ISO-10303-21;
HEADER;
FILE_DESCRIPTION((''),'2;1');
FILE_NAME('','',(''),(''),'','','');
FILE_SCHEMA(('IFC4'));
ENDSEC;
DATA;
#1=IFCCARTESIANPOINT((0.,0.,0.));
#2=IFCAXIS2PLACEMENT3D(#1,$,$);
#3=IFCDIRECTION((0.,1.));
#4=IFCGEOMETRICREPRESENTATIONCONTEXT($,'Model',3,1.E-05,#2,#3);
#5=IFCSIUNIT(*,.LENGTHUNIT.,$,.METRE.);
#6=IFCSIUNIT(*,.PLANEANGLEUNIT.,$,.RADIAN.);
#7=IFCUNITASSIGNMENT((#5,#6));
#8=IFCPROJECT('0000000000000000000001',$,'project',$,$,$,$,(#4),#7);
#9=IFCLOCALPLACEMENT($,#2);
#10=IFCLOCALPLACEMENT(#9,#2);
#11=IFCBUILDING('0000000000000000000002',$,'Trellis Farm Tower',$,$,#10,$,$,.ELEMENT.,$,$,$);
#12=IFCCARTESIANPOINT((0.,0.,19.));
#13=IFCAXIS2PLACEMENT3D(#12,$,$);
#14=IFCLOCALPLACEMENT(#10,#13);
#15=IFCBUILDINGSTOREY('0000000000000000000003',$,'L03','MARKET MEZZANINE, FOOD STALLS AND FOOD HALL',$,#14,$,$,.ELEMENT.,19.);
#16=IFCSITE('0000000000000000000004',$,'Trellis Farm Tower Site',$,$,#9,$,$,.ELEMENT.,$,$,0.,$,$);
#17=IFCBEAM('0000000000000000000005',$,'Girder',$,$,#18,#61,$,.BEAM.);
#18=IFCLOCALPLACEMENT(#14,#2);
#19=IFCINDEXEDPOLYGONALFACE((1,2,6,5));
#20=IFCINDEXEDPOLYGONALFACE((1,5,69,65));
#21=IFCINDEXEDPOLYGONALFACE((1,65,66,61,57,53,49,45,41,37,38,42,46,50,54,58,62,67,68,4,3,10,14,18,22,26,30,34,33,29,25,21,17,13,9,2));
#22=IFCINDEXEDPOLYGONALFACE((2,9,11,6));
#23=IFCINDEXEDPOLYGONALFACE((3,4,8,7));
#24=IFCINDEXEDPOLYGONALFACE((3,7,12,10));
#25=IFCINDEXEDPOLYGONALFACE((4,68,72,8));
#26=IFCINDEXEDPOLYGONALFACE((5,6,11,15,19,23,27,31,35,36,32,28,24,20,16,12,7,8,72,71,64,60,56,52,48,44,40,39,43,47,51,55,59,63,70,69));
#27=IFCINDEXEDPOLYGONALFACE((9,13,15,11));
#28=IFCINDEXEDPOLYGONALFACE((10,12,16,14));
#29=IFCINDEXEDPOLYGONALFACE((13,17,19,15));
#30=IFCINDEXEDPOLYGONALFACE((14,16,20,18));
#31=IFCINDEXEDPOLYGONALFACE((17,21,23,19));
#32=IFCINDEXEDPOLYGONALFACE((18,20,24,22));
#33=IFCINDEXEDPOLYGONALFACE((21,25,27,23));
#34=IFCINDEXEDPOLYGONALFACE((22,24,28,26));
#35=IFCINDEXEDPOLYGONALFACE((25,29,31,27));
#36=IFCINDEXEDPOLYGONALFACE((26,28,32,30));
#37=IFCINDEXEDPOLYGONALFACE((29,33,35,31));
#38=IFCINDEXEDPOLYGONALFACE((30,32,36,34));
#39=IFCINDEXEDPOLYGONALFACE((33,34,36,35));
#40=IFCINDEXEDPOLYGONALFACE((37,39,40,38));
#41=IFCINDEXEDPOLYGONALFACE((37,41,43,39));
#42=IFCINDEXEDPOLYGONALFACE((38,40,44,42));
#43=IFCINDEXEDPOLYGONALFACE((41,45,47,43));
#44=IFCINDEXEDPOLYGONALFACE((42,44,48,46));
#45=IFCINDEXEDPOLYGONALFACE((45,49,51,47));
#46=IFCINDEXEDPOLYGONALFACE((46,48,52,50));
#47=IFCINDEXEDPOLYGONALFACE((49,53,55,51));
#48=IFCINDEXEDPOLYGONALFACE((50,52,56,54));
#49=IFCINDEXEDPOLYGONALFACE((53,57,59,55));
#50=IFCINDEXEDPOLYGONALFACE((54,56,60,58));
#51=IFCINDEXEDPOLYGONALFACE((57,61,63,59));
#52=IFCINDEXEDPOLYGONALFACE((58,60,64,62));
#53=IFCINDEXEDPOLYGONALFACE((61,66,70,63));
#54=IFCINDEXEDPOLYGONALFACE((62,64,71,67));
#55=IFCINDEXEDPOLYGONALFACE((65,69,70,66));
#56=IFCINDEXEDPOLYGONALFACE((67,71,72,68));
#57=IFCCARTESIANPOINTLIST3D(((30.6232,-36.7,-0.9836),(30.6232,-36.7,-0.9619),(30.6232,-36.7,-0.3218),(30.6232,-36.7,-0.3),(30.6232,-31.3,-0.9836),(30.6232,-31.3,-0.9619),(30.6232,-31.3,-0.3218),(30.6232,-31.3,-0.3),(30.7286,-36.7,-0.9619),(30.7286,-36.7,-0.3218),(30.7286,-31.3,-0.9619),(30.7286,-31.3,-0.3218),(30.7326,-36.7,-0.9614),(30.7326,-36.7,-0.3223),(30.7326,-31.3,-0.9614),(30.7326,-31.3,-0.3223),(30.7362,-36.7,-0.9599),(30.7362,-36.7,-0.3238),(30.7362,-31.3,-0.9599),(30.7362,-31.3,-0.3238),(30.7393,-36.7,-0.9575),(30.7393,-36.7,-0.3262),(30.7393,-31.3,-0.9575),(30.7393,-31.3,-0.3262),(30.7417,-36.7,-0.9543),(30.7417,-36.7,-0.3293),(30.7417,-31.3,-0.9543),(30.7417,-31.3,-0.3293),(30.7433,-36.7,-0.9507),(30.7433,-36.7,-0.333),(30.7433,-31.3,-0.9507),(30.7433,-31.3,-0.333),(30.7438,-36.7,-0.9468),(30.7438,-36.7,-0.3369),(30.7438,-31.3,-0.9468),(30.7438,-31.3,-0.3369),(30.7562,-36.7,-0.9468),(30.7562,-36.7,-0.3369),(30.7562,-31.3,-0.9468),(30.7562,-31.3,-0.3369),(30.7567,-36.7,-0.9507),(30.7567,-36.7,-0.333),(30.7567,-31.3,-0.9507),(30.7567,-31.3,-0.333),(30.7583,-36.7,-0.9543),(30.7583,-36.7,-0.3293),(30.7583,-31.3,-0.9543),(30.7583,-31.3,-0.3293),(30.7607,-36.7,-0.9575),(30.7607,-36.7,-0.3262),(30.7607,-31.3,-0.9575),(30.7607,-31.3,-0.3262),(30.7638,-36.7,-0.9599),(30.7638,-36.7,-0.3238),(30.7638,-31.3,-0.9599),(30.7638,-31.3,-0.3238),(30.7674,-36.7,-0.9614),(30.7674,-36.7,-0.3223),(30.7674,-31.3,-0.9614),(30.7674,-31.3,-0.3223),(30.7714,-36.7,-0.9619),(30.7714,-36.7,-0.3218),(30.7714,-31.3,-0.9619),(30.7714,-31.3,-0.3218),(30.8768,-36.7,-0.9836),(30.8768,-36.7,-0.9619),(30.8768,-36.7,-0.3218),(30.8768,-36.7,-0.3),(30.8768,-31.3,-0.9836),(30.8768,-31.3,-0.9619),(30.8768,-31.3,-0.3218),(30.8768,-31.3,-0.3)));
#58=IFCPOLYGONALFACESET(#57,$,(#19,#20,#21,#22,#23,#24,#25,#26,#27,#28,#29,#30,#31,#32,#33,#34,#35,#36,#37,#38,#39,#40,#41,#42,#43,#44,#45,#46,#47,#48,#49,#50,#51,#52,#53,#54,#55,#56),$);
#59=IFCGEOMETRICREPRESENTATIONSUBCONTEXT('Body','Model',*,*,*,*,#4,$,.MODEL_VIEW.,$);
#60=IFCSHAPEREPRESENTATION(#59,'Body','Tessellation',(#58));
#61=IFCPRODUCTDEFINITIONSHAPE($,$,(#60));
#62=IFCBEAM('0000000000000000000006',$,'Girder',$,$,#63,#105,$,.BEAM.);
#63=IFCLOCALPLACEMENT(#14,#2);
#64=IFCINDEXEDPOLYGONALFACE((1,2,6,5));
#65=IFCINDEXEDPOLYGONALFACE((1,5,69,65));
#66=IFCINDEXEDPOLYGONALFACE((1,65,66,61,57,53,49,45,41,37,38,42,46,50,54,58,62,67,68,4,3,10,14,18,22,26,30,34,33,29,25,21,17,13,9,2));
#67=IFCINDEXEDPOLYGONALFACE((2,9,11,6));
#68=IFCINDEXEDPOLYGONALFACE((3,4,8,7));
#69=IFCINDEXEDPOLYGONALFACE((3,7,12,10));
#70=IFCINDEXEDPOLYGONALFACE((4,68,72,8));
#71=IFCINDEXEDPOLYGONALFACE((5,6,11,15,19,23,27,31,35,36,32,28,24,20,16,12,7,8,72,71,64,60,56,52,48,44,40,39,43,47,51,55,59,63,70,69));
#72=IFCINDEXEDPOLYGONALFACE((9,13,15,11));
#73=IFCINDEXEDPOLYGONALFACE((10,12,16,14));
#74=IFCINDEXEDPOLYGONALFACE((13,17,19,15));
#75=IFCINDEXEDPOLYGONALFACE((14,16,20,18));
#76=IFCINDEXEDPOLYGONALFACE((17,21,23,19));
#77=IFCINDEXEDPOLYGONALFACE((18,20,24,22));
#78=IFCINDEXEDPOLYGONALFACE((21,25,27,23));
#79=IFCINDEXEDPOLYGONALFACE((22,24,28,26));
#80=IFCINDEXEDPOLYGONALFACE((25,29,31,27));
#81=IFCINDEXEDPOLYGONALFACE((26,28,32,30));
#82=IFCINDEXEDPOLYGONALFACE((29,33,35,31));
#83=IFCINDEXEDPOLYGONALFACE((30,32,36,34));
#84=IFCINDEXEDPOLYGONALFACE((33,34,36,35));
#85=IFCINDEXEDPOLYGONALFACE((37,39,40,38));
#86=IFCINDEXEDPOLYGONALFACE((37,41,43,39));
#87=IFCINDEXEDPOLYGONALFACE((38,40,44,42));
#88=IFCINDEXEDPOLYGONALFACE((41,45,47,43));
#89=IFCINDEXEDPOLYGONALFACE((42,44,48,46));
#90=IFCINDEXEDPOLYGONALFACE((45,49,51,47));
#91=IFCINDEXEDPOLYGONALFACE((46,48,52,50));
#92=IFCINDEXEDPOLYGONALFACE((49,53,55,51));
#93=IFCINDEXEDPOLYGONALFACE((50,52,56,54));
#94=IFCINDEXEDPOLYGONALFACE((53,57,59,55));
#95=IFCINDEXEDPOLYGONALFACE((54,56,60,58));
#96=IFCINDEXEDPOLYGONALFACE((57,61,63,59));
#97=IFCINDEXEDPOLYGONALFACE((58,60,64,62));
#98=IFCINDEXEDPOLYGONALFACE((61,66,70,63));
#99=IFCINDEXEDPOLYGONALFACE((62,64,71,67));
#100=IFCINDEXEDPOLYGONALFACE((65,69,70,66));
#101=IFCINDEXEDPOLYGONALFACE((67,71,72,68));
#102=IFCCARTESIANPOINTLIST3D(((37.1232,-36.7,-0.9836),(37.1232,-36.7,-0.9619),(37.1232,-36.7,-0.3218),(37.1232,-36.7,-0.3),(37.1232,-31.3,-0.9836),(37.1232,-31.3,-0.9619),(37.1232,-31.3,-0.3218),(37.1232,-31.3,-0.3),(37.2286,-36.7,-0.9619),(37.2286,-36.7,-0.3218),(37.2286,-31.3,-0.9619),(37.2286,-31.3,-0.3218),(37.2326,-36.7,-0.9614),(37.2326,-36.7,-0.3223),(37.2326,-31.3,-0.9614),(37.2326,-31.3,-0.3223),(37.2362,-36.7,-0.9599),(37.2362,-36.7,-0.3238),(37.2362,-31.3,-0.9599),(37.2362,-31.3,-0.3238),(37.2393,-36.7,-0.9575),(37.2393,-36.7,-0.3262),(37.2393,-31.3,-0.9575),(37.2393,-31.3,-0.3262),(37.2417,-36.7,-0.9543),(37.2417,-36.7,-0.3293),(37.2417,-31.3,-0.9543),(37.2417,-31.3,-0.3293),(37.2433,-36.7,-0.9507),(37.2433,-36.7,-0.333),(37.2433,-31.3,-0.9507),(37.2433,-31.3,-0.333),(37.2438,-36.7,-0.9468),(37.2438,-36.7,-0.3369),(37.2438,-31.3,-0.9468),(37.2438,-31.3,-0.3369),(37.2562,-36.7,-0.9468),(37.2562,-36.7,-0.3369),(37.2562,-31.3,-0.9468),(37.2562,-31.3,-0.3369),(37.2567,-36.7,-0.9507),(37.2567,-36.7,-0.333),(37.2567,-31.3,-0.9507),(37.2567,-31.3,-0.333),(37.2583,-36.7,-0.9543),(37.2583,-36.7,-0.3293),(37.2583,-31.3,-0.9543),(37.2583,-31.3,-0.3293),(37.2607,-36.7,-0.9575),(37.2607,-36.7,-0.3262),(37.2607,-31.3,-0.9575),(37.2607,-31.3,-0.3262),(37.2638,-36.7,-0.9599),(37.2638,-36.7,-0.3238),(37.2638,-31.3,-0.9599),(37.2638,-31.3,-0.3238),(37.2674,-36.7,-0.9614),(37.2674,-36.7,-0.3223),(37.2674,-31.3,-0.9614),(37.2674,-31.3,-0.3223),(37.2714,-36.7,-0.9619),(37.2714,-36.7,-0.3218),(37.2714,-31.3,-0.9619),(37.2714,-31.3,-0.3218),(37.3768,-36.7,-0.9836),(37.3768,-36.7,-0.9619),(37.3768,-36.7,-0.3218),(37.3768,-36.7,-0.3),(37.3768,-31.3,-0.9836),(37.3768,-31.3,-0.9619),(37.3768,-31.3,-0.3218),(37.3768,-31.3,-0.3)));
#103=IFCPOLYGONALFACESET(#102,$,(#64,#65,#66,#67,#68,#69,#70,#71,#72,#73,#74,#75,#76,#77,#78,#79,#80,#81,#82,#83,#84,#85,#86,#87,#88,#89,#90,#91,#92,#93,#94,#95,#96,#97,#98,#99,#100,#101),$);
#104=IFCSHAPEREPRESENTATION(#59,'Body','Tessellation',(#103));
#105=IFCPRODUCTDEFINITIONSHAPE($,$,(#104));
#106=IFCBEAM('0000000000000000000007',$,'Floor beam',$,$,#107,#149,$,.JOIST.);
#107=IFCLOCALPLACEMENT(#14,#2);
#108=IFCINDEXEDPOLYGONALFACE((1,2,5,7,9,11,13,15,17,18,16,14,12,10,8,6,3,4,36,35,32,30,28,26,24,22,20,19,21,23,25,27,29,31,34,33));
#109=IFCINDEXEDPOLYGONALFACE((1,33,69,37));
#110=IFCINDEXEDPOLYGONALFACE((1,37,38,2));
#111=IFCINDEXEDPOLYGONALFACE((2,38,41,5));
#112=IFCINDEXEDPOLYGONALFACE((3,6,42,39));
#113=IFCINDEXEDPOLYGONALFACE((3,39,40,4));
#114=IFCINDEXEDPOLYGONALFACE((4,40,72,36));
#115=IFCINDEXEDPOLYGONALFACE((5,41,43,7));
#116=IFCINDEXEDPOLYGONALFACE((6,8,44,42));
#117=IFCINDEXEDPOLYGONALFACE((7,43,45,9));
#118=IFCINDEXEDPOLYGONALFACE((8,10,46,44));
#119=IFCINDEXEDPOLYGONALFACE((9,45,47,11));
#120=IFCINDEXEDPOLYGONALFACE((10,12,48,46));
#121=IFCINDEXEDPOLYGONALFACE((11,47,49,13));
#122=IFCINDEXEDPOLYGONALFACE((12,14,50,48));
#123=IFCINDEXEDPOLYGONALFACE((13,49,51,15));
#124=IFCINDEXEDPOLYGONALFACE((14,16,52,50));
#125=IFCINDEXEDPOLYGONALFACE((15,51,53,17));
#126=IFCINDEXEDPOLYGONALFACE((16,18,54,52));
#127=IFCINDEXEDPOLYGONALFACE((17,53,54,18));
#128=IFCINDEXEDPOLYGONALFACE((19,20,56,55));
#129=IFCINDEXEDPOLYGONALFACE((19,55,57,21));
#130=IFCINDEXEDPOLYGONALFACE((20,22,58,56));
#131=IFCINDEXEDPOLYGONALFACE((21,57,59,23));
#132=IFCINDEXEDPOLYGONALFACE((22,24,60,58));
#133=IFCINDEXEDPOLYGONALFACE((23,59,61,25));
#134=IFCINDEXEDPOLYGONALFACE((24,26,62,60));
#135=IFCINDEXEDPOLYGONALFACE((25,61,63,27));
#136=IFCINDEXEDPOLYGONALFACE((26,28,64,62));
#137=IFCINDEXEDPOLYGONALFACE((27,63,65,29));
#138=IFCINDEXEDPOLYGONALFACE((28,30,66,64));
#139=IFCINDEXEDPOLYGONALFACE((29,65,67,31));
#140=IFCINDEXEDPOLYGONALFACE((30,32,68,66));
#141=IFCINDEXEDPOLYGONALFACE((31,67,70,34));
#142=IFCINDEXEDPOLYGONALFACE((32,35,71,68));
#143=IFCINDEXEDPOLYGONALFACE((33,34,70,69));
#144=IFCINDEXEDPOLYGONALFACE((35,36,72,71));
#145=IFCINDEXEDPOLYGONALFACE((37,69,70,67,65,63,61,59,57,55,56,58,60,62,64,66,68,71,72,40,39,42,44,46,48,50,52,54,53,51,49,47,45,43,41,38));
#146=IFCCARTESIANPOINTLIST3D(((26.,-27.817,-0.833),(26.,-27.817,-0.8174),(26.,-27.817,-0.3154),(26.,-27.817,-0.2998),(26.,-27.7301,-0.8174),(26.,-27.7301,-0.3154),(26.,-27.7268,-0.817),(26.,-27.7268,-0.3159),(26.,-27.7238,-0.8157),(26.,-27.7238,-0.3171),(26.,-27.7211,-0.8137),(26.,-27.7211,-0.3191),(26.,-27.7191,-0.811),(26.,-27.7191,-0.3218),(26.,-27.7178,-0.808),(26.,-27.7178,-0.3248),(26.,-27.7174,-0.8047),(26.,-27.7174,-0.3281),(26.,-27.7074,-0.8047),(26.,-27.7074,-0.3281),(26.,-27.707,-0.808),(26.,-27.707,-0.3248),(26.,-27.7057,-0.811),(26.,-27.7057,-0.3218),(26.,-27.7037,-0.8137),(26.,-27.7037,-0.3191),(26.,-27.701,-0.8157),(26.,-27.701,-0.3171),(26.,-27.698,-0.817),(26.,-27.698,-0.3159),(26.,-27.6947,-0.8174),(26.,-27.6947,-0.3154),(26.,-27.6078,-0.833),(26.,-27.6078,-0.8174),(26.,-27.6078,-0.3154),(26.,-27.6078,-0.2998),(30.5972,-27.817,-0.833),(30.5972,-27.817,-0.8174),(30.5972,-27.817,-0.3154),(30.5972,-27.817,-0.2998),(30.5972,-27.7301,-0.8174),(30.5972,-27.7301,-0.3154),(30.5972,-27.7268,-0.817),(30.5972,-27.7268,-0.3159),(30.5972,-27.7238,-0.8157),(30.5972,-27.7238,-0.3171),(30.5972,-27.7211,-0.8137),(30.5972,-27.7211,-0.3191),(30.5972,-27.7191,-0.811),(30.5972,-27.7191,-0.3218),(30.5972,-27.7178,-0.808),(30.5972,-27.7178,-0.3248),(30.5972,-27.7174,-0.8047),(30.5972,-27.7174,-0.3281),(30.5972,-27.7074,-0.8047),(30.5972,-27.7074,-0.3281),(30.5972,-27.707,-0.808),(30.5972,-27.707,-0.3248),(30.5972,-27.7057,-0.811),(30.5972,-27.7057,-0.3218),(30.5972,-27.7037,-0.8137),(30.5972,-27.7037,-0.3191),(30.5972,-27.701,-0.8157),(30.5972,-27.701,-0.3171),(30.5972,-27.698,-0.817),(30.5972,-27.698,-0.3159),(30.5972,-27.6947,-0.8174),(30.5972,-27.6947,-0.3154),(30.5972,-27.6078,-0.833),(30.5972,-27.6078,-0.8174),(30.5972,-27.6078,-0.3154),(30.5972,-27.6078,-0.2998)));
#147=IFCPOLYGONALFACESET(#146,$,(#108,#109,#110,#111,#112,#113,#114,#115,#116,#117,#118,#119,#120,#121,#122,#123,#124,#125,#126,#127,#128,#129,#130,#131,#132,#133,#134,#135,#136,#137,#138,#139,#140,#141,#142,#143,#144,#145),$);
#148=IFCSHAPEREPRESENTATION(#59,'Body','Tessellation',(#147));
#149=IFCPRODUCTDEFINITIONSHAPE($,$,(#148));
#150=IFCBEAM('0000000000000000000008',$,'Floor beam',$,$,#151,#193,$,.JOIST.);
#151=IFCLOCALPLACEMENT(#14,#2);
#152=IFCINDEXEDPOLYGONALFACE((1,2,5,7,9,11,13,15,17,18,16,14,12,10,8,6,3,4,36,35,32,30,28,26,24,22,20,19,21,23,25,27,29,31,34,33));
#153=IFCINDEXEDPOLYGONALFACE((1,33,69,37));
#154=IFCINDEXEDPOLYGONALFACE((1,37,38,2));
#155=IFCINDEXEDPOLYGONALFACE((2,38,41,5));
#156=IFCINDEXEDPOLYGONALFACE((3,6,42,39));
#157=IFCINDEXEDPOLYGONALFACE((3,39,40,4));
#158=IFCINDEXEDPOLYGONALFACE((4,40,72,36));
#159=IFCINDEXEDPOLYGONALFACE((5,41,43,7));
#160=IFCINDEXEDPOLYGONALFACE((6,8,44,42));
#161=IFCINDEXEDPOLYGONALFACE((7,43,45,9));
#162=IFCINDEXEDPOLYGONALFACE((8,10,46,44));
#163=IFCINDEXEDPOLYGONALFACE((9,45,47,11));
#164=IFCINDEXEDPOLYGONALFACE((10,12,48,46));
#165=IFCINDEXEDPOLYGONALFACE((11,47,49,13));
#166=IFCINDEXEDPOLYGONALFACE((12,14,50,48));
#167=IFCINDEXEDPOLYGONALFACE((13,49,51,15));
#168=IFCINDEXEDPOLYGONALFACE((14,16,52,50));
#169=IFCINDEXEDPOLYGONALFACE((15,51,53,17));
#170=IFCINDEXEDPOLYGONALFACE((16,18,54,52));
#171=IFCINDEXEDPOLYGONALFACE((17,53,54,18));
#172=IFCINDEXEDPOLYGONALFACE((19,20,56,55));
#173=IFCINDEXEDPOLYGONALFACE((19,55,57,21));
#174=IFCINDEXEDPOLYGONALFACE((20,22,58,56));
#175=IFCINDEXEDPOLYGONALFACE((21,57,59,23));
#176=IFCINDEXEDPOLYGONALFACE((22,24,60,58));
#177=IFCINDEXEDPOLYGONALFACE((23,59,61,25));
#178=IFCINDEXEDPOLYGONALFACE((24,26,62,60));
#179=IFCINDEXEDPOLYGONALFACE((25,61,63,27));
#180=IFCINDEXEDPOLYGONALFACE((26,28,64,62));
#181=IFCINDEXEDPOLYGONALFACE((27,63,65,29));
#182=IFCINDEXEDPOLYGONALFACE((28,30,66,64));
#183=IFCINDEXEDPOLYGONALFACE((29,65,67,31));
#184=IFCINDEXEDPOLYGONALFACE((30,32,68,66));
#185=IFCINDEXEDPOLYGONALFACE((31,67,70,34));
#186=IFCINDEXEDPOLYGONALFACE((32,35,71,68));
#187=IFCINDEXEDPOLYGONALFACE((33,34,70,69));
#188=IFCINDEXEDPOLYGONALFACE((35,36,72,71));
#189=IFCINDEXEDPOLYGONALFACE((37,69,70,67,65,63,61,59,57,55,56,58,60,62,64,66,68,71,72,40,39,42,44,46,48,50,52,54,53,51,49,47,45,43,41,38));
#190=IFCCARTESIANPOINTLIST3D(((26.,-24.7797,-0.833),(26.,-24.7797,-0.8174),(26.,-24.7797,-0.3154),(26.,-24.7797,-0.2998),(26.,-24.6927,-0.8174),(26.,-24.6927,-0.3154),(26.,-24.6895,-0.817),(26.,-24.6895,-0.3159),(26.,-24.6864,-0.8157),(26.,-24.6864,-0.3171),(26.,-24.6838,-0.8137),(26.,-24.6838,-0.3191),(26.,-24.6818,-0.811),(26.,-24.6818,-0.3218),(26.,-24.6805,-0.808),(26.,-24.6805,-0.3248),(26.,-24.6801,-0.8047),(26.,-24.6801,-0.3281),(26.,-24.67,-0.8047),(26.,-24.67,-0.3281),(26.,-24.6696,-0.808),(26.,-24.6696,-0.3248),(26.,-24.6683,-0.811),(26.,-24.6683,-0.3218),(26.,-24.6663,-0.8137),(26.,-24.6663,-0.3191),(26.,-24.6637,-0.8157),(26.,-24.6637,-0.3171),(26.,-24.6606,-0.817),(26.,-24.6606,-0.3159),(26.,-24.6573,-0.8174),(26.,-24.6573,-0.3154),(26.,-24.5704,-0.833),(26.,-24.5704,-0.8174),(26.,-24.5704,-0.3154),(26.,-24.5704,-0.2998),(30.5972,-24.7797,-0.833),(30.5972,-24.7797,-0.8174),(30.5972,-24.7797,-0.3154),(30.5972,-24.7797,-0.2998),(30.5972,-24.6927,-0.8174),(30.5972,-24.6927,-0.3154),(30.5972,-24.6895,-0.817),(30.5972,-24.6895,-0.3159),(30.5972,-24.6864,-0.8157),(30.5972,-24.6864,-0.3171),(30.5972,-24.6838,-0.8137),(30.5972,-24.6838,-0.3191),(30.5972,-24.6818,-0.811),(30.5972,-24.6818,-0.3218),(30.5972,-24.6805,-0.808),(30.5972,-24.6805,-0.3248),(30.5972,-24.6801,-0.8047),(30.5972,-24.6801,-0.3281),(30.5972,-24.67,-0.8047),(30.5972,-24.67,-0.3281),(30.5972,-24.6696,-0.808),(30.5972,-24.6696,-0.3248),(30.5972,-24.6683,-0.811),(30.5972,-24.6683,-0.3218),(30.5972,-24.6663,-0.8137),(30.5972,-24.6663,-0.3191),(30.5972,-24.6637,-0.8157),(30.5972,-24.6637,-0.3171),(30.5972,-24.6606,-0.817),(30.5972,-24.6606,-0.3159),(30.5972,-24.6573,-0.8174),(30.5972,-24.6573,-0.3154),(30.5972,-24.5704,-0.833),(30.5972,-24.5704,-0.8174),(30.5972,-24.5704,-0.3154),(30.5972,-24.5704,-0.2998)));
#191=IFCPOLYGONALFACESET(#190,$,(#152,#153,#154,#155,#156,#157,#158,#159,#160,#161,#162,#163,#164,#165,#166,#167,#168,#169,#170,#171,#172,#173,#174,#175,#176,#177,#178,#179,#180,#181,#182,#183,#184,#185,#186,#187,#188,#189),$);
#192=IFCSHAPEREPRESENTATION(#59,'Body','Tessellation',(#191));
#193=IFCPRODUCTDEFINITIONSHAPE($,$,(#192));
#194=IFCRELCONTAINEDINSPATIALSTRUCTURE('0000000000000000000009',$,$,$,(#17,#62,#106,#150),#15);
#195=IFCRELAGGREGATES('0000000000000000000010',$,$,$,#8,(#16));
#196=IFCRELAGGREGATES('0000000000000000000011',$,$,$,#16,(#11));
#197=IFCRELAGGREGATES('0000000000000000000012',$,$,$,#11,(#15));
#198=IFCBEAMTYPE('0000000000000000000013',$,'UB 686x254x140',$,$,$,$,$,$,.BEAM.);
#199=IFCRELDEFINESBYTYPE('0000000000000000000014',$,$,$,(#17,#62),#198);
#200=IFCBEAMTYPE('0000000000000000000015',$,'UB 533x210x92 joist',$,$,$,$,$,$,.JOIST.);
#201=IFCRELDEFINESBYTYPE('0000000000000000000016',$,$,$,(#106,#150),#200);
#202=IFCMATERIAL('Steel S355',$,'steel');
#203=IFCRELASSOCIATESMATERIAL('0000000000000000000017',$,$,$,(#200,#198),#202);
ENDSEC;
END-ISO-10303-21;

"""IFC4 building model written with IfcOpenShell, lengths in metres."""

from ifc_helpers import new_model, si_unit, direction, frame, origin, origin_2d, place, context, subcontext, project, spatial, i_section, extrude, source, transform, mapped, material, material_profile, profile_set, type_object, element, save


model = new_model("IFC4")

# Units and contexts
model_context = context("Model", 3, precision=1e-05, world=origin(), true_north=direction((0.0, 1.0)))
body_context = subcontext(model_context, "Body", "Model", "MODEL_VIEW")
ifc_project = project(units=[si_unit("LENGTHUNIT", "METRE"), si_unit("PLANEANGLEUNIT", "RADIAN")], contexts=[model_context])

# Site, building, storey
site_placement = place(None, origin())
site = spatial("IfcSite", under=ifc_project, at=site_placement, Name="Trellis Farm Tower Site", CompositionType="ELEMENT", RefElevation=0.0)
building_placement = place(site_placement, origin())
building = spatial("IfcBuilding", under=site, at=building_placement, Name="Trellis Farm Tower", CompositionType="ELEMENT")
storey_placement = place(building_placement, frame((0.0, 0.0, 19.0)))
storey = spatial("IfcBuildingStorey", under=building, at=storey_placement, Name="L03", Description="MARKET MEZZANINE, FOOD STALLS AND FOOD HALL", CompositionType="ELEMENT", Elevation=19.0)

# Beams
ifc_material_1 = material(Name="Steel S355", Category="steel")
ifc_material_profile_1 = material_profile(ifc_material_1, i_section(OverallWidth=0.2092, OverallDepth=0.5332, WebThickness=0.01, FlangeThickness=0.0156, FilletRadius=0.0127, at=origin_2d()), Name="UB 533x210x92")
ifc_profile_set_1 = profile_set([ifc_material_profile_1], Name="Steel S355")
beam_type_1 = type_object("IfcBeamType", Name="UB 533x210x92 joist", PredefinedType="JOIST", material=ifc_profile_set_1)
ifc_material_profile_2 = material_profile(ifc_material_1, i_section(OverallWidth=0.2537, OverallDepth=0.6836, WebThickness=0.0125, FlangeThickness=0.0217, FilletRadius=0.0151, at=origin_2d()), Name="UB 686x254x140")
ifc_profile_set_2 = profile_set([ifc_material_profile_2], Name="Steel S355")
beam_type_2 = type_object("IfcBeamType", Name="UB 686x254x140", PredefinedType="BEAM", material=ifc_profile_set_2)
shared_shape_1 = source(origin(), body_context, "Body", "SweptSolid", [
    extrude(i_section(OverallWidth=0.2537, OverallDepth=0.6836, WebThickness=0.0125, FlangeThickness=0.0217, FilletRadius=0.0151, at=origin_2d()), origin(), (0.0, 0.0, 1.0), 5.3999),
])
for number, where, z_axis, x_axis, name in (
    (1, (30.75, -36.7, -0.6418), (0.0, 1.0, 0.0), (-1.0, 0.0, 0.0), "Girder"),
    (2, (37.25, -36.7, -0.6418), (0.0, 1.0, 0.0), (-1.0, 0.0, 0.0), "Girder"),
):
    element("IfcBeam", number, at=place(storey_placement, frame(where, z_axis=z_axis, x_axis=x_axis)), inside=storey, type_object=beam_type_2, Name=name, PredefinedType="BEAM", context=body_context, shape_type="MappedRepresentation", body=[
        mapped(shared_shape_1, transform((0.0, 0.0, 0.0))),
    ])
shared_shape_2 = source(origin(), body_context, "Body", "SweptSolid", [
    extrude(i_section(OverallWidth=0.2092, OverallDepth=0.5332, WebThickness=0.01, FlangeThickness=0.0156, FilletRadius=0.0127, at=origin_2d()), origin(), (0.0, 0.0, 1.0), 4.5972),
])
for number, where, z_axis, x_axis, name in (
    (3, (26.0, -27.7124, -0.5664), (1.0, 0.0, 0.0), (0.0, 1.0, 0.0), "Floor beam"),
    (4, (26.0, -24.675, -0.5664), (1.0, 0.0, 0.0), (0.0, 1.0, 0.0), "Floor beam"),
):
    element("IfcBeam", number, at=place(storey_placement, frame(where, z_axis=z_axis, x_axis=x_axis)), inside=storey, type_object=beam_type_1, Name=name, PredefinedType="JOIST", context=body_context, shape_type="MappedRepresentation", body=[
        mapped(shared_shape_2, transform((0.0, 0.0, 0.0))),
    ])

save(model, "model.ifc")
